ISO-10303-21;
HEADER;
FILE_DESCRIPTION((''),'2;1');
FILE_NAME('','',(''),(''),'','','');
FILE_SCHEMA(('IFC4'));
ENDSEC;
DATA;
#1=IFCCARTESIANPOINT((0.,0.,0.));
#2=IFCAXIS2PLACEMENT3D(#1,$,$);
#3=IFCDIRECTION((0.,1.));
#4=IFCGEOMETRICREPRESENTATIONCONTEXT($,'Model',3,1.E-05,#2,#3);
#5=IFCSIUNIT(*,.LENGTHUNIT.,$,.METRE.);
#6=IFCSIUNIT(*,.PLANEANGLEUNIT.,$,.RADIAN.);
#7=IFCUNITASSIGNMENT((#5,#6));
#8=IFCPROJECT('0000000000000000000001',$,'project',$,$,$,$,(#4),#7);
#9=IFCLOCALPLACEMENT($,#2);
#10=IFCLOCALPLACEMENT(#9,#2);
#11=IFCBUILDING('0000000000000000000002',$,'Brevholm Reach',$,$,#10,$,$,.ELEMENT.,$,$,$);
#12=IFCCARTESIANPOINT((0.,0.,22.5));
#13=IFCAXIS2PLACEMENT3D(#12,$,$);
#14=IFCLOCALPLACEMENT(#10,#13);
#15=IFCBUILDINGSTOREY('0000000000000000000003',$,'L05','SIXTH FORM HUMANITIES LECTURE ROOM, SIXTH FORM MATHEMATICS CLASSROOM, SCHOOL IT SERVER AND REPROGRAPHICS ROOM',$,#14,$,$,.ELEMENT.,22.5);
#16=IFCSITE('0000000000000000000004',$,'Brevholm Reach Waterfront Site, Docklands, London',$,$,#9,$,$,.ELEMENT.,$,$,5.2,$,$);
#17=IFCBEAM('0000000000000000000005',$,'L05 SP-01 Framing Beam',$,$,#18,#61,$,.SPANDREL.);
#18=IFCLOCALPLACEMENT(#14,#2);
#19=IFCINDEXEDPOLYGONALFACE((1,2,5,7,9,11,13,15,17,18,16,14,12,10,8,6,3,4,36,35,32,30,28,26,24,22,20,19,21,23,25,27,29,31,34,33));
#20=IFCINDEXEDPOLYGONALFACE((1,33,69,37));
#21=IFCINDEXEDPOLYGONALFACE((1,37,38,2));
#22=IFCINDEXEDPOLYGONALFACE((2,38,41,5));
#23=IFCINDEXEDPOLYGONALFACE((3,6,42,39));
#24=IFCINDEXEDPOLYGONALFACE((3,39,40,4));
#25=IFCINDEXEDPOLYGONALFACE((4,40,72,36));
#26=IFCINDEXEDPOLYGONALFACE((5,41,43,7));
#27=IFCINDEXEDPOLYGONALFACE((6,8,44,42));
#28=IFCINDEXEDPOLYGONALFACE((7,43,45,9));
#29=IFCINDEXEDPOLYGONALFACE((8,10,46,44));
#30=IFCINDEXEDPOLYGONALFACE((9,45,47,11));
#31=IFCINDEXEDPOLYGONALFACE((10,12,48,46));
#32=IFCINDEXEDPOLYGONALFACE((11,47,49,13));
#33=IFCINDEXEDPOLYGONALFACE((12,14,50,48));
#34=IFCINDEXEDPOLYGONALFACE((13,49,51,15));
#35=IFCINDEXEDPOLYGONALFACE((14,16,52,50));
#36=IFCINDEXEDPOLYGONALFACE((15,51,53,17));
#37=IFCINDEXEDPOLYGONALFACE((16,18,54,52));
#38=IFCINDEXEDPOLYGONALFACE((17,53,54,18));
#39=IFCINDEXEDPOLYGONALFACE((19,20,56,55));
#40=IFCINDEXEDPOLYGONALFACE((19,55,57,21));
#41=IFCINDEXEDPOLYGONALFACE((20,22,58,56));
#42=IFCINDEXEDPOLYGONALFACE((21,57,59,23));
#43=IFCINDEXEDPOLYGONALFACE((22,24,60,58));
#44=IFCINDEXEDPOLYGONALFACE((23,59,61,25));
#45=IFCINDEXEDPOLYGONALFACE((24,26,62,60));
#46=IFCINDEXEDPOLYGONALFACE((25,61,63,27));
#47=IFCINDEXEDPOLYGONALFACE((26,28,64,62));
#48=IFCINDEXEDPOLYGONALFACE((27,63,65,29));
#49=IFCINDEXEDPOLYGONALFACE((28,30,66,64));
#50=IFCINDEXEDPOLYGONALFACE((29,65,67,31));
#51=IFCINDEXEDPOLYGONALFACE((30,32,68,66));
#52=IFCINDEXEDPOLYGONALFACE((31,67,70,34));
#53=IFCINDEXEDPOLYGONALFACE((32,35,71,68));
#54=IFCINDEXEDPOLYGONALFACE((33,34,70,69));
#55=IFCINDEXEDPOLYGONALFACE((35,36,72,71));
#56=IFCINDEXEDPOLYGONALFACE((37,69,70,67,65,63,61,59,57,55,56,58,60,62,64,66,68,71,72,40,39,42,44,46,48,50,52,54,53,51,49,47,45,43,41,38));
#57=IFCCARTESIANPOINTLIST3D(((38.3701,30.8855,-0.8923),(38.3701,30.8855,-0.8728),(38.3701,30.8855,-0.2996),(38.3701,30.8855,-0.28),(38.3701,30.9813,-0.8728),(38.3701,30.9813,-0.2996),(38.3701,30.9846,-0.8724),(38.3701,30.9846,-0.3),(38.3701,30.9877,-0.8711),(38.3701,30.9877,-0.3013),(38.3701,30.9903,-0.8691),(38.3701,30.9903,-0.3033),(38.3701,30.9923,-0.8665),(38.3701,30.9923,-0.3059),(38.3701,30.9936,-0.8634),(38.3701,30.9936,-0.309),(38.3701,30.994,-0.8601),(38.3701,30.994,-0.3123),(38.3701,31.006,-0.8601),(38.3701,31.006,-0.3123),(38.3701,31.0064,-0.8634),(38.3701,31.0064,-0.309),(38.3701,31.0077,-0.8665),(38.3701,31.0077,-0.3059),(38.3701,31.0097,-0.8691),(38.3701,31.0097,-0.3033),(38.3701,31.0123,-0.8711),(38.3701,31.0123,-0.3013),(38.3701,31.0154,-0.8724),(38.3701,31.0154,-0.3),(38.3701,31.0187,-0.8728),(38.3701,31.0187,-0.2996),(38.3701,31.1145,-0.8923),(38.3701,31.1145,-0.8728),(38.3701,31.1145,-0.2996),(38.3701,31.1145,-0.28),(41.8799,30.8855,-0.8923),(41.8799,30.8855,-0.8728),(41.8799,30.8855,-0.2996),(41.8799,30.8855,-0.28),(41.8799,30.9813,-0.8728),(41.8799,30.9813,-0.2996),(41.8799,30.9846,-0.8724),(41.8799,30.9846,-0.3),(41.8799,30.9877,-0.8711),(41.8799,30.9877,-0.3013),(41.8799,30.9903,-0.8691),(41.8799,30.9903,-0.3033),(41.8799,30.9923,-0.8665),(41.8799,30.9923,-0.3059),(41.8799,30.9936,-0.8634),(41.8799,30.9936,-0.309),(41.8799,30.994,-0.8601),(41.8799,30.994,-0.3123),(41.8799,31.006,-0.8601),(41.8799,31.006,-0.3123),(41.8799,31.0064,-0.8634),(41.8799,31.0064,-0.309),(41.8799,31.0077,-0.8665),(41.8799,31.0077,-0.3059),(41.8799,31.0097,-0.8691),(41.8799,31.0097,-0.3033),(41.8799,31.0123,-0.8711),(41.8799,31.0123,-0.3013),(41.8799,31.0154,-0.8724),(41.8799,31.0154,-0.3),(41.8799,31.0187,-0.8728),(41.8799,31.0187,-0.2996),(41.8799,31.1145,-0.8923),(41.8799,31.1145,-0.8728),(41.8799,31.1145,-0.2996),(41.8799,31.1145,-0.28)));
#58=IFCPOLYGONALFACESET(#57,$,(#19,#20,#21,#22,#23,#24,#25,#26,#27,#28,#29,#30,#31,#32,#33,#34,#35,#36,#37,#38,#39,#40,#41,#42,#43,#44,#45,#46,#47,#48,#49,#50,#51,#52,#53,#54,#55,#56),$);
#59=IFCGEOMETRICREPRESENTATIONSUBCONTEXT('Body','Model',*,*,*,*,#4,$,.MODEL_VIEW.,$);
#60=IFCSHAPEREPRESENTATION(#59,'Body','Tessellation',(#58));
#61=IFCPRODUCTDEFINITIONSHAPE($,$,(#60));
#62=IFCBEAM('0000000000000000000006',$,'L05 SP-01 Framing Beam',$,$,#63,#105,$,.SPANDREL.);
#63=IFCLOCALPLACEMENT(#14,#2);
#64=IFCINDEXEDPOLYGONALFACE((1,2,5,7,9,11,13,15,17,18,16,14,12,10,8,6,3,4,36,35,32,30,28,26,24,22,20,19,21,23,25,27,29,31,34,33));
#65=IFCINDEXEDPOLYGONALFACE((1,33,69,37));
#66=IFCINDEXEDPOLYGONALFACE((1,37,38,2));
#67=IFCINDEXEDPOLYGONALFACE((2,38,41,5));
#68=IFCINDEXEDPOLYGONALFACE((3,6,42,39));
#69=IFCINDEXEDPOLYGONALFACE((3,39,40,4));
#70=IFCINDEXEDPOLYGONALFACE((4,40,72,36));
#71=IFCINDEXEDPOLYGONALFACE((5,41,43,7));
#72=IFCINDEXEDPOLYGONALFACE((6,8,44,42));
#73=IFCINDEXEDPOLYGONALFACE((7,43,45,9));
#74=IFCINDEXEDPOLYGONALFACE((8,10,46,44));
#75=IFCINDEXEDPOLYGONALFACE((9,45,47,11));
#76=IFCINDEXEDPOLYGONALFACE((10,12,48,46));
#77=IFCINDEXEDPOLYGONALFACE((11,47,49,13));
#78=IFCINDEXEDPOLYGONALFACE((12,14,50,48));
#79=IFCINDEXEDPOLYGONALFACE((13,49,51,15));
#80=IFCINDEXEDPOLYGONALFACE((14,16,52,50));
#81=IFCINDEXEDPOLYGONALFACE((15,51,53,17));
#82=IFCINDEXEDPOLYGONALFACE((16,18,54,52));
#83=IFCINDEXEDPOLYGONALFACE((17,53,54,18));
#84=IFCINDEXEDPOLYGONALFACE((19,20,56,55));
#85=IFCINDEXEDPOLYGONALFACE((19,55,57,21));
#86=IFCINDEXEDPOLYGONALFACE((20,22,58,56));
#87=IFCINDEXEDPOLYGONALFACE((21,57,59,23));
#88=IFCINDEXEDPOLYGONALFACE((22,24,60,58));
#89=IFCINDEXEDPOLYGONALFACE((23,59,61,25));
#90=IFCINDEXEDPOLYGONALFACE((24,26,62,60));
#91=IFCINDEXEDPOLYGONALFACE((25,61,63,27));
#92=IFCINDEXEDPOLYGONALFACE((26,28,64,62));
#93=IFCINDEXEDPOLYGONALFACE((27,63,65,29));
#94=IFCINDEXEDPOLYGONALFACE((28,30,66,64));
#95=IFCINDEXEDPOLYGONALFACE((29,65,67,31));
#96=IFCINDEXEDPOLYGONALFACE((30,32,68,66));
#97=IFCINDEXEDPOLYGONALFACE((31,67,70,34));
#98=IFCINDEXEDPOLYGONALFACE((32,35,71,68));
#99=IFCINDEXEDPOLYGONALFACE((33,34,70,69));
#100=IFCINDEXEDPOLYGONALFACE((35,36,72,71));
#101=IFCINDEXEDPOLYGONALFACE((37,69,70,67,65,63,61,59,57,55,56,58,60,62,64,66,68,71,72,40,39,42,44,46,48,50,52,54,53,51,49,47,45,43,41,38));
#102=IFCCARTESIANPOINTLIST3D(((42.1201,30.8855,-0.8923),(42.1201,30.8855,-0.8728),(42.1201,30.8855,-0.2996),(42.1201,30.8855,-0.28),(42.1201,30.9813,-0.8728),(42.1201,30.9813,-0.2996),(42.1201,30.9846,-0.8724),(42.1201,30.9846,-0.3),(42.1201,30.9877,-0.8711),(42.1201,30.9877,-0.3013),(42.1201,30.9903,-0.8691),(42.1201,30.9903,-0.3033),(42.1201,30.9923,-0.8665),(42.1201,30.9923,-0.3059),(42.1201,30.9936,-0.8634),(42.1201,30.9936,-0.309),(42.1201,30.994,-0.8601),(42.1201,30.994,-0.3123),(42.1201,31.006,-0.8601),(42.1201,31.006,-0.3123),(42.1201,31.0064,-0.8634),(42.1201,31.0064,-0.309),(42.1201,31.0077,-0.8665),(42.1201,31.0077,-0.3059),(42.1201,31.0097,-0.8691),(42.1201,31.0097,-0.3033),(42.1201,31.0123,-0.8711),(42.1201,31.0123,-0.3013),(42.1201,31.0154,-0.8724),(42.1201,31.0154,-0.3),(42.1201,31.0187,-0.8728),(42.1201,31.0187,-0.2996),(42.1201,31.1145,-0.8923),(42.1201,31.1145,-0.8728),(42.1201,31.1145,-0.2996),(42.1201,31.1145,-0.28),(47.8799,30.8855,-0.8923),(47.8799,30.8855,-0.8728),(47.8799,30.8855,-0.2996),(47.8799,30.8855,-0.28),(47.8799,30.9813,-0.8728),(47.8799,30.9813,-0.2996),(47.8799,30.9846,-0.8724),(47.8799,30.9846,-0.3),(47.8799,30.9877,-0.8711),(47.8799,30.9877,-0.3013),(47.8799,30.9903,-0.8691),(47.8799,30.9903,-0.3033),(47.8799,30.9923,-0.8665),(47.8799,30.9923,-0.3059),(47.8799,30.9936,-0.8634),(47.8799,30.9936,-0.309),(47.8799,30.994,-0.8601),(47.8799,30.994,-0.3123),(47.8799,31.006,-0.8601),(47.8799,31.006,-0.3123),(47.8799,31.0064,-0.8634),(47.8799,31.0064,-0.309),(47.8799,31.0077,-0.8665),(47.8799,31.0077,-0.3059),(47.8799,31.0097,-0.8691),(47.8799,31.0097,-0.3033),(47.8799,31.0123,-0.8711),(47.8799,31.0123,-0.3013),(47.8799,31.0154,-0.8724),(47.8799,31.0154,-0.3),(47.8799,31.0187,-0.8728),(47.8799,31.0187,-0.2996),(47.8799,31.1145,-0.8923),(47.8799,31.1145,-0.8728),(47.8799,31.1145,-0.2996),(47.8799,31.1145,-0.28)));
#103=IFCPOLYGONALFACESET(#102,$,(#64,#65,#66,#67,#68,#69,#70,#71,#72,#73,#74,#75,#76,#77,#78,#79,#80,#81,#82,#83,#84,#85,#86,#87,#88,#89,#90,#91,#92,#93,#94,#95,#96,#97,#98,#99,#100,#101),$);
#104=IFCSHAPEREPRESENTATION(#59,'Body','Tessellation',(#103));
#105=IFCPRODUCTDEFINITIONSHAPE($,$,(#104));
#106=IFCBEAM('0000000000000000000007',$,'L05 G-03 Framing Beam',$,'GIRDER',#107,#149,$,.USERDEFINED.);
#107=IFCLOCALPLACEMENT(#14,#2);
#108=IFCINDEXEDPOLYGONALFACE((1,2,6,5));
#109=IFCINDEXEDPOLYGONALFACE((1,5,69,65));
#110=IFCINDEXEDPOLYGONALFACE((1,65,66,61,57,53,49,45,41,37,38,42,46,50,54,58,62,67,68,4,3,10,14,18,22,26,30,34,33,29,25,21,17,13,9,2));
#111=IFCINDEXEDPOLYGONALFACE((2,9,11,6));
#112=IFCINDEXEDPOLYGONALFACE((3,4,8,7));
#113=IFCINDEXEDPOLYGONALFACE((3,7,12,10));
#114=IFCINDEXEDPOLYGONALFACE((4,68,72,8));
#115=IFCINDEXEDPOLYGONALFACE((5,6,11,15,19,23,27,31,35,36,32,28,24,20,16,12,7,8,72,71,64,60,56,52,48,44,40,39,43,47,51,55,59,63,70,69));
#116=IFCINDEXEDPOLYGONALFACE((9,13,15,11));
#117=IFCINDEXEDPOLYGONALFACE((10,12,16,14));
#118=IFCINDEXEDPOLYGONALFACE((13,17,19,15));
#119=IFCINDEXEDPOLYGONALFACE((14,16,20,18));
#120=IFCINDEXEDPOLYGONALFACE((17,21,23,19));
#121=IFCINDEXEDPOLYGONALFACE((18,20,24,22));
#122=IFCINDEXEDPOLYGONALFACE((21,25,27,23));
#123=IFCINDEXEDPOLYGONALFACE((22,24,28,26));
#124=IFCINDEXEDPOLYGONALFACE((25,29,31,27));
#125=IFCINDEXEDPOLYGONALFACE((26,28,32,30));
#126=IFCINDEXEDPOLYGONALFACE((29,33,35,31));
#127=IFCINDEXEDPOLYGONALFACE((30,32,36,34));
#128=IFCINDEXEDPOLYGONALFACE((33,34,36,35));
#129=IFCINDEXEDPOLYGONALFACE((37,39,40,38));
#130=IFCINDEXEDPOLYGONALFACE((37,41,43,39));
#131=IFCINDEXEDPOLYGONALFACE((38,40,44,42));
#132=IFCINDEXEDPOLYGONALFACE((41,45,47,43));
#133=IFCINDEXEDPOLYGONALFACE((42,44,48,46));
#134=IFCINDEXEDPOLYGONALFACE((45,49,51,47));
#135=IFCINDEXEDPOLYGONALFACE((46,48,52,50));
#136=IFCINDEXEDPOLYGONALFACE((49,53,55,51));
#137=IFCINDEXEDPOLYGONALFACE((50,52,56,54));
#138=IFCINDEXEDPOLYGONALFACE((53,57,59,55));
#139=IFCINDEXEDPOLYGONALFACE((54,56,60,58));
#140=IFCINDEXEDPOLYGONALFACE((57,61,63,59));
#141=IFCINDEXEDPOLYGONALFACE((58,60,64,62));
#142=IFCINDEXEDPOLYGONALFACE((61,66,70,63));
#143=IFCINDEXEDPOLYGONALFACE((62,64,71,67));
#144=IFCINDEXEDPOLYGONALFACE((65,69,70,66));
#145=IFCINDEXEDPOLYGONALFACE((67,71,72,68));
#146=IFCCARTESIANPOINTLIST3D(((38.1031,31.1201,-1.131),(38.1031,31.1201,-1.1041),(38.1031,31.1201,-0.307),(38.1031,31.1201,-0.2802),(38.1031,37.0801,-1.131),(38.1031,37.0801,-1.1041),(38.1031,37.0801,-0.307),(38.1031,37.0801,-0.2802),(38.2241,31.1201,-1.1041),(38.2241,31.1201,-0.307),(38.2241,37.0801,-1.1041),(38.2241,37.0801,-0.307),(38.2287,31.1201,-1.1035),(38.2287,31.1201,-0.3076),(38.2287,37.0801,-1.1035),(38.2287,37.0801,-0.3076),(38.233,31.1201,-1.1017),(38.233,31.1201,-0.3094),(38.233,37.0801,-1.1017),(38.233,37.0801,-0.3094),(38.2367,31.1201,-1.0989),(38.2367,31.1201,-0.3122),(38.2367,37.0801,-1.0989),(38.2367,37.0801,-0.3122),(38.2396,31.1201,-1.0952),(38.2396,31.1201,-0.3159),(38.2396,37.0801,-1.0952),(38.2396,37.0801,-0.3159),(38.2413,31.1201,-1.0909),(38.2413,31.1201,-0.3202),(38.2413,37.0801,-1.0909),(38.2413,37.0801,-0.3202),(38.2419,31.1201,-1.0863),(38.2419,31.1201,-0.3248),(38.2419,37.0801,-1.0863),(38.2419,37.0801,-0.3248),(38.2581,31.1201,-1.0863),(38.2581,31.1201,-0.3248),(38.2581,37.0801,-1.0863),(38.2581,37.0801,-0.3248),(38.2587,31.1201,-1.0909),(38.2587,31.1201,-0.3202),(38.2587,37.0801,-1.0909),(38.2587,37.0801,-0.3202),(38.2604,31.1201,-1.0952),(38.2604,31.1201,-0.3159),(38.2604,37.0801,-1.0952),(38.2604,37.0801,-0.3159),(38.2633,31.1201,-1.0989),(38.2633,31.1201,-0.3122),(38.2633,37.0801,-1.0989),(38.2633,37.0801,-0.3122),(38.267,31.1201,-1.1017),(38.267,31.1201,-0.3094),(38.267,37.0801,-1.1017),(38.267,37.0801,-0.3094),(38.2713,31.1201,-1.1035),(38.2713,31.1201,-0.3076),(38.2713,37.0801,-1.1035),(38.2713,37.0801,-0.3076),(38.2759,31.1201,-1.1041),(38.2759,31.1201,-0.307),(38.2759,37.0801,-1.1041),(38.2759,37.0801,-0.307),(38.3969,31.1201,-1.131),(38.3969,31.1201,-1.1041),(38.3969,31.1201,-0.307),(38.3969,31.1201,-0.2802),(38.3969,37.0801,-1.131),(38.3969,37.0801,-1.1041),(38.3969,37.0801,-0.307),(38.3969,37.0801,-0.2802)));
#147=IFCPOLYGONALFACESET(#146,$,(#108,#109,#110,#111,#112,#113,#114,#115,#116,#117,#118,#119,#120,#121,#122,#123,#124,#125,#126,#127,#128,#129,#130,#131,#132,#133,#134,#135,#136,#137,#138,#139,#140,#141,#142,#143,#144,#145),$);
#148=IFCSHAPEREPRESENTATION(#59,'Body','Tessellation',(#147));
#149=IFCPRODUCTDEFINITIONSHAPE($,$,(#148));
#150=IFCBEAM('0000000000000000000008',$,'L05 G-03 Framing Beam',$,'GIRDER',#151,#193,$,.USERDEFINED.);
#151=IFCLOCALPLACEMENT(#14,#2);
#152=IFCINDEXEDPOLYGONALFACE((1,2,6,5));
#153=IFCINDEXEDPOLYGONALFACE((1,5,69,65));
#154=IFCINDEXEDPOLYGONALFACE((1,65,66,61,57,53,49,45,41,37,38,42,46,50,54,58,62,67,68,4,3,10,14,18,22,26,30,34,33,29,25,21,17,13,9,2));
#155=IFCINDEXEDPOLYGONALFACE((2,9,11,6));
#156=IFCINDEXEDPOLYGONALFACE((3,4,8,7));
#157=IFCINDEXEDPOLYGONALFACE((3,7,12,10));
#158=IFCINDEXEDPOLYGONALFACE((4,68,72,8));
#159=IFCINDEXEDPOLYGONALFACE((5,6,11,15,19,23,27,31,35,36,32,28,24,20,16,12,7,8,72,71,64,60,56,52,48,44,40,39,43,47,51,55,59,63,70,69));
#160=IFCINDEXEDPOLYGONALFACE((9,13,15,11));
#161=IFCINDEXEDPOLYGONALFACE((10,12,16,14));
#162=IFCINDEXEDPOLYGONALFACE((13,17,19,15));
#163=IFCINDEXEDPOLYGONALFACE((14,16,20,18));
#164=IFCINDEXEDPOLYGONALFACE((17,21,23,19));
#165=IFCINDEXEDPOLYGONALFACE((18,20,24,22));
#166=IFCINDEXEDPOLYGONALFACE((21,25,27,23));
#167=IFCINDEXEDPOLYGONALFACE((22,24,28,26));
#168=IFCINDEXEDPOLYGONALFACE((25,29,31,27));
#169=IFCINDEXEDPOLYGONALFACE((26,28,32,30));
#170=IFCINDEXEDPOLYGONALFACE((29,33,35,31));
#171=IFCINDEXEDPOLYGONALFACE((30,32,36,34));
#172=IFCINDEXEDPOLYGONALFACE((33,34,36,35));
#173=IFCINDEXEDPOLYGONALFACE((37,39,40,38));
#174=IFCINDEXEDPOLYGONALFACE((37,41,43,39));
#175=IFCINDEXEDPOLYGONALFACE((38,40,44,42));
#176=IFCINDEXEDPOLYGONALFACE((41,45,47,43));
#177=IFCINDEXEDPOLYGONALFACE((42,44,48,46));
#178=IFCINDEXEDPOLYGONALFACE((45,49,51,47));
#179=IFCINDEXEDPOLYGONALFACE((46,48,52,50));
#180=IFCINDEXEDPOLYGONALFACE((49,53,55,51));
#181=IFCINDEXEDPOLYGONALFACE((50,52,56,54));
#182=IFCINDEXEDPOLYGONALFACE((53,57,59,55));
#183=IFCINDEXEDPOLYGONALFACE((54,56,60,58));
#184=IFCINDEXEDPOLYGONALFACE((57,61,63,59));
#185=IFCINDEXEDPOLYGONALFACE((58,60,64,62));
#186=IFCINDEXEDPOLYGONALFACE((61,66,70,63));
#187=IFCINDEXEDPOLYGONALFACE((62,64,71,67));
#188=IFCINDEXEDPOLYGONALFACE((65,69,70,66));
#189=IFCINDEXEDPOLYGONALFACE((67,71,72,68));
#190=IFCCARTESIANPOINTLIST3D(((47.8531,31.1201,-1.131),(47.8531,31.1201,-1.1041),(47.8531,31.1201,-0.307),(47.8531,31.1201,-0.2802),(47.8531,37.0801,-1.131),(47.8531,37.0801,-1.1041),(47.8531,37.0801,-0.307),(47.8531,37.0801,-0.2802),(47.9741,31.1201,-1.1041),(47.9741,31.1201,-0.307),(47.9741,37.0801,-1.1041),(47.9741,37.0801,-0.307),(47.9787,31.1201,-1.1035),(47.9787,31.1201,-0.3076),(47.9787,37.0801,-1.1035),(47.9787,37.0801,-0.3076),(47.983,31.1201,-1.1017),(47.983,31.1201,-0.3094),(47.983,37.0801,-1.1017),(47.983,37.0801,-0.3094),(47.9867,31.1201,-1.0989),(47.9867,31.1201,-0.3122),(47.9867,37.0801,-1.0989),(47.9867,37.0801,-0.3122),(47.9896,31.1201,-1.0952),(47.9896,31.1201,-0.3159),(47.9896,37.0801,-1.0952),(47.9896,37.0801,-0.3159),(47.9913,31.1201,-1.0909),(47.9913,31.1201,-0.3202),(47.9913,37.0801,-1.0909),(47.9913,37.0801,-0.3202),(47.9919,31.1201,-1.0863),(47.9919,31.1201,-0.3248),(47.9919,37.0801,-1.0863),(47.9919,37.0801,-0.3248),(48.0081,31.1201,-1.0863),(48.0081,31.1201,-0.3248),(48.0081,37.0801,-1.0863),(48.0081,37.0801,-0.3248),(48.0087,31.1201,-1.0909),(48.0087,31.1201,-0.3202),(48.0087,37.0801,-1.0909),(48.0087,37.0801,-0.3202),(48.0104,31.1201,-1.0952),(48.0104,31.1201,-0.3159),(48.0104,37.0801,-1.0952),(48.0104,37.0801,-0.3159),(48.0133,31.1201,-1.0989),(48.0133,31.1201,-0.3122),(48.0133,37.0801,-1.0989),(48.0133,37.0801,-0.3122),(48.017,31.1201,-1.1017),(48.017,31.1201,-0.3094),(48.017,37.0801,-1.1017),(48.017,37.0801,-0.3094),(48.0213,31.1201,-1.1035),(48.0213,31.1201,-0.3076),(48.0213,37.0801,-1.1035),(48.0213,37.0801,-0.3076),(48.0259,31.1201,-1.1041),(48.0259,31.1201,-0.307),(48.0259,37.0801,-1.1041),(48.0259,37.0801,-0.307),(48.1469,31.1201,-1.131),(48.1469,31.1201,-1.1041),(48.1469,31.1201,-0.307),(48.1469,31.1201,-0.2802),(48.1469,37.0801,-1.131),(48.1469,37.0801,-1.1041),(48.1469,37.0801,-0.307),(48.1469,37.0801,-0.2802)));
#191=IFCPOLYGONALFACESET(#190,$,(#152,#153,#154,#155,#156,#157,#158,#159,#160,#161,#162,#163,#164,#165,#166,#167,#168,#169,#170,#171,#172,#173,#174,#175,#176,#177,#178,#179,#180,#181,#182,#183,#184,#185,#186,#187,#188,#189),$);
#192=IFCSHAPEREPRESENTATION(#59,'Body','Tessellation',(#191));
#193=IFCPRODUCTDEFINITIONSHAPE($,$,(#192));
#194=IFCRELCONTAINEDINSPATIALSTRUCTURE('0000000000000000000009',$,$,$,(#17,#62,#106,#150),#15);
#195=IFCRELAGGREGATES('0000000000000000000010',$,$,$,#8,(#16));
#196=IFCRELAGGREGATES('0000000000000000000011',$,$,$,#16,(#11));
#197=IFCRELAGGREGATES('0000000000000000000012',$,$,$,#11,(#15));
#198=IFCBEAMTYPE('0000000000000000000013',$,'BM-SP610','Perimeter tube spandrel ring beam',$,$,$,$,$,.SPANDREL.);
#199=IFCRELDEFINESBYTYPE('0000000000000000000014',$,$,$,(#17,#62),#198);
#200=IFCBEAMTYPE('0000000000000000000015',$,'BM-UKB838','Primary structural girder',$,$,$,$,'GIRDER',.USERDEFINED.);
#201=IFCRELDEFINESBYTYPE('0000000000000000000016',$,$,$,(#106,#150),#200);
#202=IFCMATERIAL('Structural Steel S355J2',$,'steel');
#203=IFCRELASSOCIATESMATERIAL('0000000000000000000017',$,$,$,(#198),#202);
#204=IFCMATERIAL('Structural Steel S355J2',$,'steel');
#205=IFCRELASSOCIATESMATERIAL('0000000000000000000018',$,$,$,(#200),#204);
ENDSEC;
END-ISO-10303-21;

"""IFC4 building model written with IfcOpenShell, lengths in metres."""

from ifc_helpers import new_model, si_unit, direction, frame, origin, origin_2d, place, context, subcontext, project, spatial, i_section, extrude, material, material_profile, profile_set, type_object, element, save


model = new_model("IFC4")

# Units and contexts
model_context = context("Model", 3, precision=1e-05, world=origin(), true_north=direction((0.0, 1.0)))
body_context = subcontext(model_context, "Body", "Model", "MODEL_VIEW")
ifc_project = project(units=[si_unit("LENGTHUNIT", "METRE"), si_unit("PLANEANGLEUNIT", "RADIAN")], contexts=[model_context])

# Site, building, storey
site_placement = place(None, origin())
site = spatial("IfcSite", under=ifc_project, at=site_placement, Name="Brevholm Reach Waterfront Site, Docklands, London", CompositionType="ELEMENT", RefElevation=5.2)
building_placement = place(site_placement, origin())
building = spatial("IfcBuilding", under=site, at=building_placement, Name="Brevholm Reach", CompositionType="ELEMENT")
storey_placement = place(building_placement, frame((0.0, 0.0, 22.5)))
storey = spatial("IfcBuildingStorey", under=building, at=storey_placement, Name="L05", Description="SIXTH FORM HUMANITIES LECTURE ROOM, SIXTH FORM MATHEMATICS CLASSROOM, SCHOOL IT SERVER AND REPROGRAPHICS ROOM", CompositionType="ELEMENT", Elevation=22.5)

# Beams
ifc_material_1 = material(Name="Structural Steel S355J2", Category="steel")
ifc_material_profile_1 = material_profile(ifc_material_1, i_section(OverallWidth=0.229, OverallDepth=0.6123, WebThickness=0.012, FlangeThickness=0.0195, FilletRadius=0.0127, at=origin_2d()), Name="UKB 610x229x125")
ifc_profile_set_1 = profile_set([ifc_material_profile_1], Name="Structural Steel S355J2")
beam_type_1 = type_object("IfcBeamType", Name="BM-SP610", Description="Perimeter tube spandrel ring beam", PredefinedType="SPANDREL", material=ifc_profile_set_1)
beam_1_placement = place(storey_placement, frame((38.3701, 31.0, -0.5862), z_axis=(1.0, 0.0, 0.0), x_axis=(0.0, 1.0, 0.0)))
element("IfcBeam", 1, at=beam_1_placement, inside=storey, type_object=beam_type_1, Name="L05 SP-01 Framing Beam", PredefinedType="SPANDREL", context=body_context, shape_type="SweptSolid", body=[
    extrude(i_section(OverallWidth=0.229, OverallDepth=0.6123, WebThickness=0.012, FlangeThickness=0.0195, FilletRadius=0.0127, at=origin_2d()), origin(), (0.0, 0.0, 1.0), 3.5098),
])
beam_2_placement = place(storey_placement, frame((42.1201, 31.0, -0.5862), z_axis=(1.0, 0.0, 0.0), x_axis=(0.0, 1.0, 0.0)))
element("IfcBeam", 2, at=beam_2_placement, inside=storey, type_object=beam_type_1, Name="L05 SP-01 Framing Beam", PredefinedType="SPANDREL", context=body_context, shape_type="SweptSolid", body=[
    extrude(i_section(OverallWidth=0.229, OverallDepth=0.6123, WebThickness=0.012, FlangeThickness=0.0195, FilletRadius=0.0127, at=origin_2d()), origin(), (0.0, 0.0, 1.0), 5.7598),
])
ifc_material_2 = material(Name="Structural Steel S355J2", Category="steel")
ifc_material_profile_2 = material_profile(ifc_material_2, i_section(OverallWidth=0.2937, OverallDepth=0.8508, WebThickness=0.0161, FlangeThickness=0.0269, FilletRadius=0.0178, at=origin_2d()), Name="UKB 838x292x226")
ifc_profile_set_2 = profile_set([ifc_material_profile_2], Name="Structural Steel S355J2")
beam_type_2 = type_object("IfcBeamType", Name="BM-UKB838", Description="Primary structural girder", ElementType="GIRDER", PredefinedType="USERDEFINED", material=ifc_profile_set_2)
for number, where, z_axis, x_axis, name in (
    (3, (38.25, 31.1201, -0.7056), (0.0, 1.0, 0.0), (-1.0, 0.0, 0.0), "L05 G-03 Framing Beam"),
    (4, (48.0, 31.1201, -0.7056), (0.0, 1.0, 0.0), (-1.0, 0.0, 0.0), "L05 G-03 Framing Beam"),
):
    element("IfcBeam", number, at=place(storey_placement, frame(where, z_axis=z_axis, x_axis=x_axis)), inside=storey, type_object=beam_type_2, Name=name, ObjectType="GIRDER", PredefinedType="USERDEFINED", context=body_context, shape_type="SweptSolid", body=[
        extrude(i_section(OverallWidth=0.2937, OverallDepth=0.8508, WebThickness=0.0161, FlangeThickness=0.0269, FilletRadius=0.0178, at=origin_2d()), origin(), (0.0, 0.0, 1.0), 5.96),
    ])

save(model, "model.ifc")
